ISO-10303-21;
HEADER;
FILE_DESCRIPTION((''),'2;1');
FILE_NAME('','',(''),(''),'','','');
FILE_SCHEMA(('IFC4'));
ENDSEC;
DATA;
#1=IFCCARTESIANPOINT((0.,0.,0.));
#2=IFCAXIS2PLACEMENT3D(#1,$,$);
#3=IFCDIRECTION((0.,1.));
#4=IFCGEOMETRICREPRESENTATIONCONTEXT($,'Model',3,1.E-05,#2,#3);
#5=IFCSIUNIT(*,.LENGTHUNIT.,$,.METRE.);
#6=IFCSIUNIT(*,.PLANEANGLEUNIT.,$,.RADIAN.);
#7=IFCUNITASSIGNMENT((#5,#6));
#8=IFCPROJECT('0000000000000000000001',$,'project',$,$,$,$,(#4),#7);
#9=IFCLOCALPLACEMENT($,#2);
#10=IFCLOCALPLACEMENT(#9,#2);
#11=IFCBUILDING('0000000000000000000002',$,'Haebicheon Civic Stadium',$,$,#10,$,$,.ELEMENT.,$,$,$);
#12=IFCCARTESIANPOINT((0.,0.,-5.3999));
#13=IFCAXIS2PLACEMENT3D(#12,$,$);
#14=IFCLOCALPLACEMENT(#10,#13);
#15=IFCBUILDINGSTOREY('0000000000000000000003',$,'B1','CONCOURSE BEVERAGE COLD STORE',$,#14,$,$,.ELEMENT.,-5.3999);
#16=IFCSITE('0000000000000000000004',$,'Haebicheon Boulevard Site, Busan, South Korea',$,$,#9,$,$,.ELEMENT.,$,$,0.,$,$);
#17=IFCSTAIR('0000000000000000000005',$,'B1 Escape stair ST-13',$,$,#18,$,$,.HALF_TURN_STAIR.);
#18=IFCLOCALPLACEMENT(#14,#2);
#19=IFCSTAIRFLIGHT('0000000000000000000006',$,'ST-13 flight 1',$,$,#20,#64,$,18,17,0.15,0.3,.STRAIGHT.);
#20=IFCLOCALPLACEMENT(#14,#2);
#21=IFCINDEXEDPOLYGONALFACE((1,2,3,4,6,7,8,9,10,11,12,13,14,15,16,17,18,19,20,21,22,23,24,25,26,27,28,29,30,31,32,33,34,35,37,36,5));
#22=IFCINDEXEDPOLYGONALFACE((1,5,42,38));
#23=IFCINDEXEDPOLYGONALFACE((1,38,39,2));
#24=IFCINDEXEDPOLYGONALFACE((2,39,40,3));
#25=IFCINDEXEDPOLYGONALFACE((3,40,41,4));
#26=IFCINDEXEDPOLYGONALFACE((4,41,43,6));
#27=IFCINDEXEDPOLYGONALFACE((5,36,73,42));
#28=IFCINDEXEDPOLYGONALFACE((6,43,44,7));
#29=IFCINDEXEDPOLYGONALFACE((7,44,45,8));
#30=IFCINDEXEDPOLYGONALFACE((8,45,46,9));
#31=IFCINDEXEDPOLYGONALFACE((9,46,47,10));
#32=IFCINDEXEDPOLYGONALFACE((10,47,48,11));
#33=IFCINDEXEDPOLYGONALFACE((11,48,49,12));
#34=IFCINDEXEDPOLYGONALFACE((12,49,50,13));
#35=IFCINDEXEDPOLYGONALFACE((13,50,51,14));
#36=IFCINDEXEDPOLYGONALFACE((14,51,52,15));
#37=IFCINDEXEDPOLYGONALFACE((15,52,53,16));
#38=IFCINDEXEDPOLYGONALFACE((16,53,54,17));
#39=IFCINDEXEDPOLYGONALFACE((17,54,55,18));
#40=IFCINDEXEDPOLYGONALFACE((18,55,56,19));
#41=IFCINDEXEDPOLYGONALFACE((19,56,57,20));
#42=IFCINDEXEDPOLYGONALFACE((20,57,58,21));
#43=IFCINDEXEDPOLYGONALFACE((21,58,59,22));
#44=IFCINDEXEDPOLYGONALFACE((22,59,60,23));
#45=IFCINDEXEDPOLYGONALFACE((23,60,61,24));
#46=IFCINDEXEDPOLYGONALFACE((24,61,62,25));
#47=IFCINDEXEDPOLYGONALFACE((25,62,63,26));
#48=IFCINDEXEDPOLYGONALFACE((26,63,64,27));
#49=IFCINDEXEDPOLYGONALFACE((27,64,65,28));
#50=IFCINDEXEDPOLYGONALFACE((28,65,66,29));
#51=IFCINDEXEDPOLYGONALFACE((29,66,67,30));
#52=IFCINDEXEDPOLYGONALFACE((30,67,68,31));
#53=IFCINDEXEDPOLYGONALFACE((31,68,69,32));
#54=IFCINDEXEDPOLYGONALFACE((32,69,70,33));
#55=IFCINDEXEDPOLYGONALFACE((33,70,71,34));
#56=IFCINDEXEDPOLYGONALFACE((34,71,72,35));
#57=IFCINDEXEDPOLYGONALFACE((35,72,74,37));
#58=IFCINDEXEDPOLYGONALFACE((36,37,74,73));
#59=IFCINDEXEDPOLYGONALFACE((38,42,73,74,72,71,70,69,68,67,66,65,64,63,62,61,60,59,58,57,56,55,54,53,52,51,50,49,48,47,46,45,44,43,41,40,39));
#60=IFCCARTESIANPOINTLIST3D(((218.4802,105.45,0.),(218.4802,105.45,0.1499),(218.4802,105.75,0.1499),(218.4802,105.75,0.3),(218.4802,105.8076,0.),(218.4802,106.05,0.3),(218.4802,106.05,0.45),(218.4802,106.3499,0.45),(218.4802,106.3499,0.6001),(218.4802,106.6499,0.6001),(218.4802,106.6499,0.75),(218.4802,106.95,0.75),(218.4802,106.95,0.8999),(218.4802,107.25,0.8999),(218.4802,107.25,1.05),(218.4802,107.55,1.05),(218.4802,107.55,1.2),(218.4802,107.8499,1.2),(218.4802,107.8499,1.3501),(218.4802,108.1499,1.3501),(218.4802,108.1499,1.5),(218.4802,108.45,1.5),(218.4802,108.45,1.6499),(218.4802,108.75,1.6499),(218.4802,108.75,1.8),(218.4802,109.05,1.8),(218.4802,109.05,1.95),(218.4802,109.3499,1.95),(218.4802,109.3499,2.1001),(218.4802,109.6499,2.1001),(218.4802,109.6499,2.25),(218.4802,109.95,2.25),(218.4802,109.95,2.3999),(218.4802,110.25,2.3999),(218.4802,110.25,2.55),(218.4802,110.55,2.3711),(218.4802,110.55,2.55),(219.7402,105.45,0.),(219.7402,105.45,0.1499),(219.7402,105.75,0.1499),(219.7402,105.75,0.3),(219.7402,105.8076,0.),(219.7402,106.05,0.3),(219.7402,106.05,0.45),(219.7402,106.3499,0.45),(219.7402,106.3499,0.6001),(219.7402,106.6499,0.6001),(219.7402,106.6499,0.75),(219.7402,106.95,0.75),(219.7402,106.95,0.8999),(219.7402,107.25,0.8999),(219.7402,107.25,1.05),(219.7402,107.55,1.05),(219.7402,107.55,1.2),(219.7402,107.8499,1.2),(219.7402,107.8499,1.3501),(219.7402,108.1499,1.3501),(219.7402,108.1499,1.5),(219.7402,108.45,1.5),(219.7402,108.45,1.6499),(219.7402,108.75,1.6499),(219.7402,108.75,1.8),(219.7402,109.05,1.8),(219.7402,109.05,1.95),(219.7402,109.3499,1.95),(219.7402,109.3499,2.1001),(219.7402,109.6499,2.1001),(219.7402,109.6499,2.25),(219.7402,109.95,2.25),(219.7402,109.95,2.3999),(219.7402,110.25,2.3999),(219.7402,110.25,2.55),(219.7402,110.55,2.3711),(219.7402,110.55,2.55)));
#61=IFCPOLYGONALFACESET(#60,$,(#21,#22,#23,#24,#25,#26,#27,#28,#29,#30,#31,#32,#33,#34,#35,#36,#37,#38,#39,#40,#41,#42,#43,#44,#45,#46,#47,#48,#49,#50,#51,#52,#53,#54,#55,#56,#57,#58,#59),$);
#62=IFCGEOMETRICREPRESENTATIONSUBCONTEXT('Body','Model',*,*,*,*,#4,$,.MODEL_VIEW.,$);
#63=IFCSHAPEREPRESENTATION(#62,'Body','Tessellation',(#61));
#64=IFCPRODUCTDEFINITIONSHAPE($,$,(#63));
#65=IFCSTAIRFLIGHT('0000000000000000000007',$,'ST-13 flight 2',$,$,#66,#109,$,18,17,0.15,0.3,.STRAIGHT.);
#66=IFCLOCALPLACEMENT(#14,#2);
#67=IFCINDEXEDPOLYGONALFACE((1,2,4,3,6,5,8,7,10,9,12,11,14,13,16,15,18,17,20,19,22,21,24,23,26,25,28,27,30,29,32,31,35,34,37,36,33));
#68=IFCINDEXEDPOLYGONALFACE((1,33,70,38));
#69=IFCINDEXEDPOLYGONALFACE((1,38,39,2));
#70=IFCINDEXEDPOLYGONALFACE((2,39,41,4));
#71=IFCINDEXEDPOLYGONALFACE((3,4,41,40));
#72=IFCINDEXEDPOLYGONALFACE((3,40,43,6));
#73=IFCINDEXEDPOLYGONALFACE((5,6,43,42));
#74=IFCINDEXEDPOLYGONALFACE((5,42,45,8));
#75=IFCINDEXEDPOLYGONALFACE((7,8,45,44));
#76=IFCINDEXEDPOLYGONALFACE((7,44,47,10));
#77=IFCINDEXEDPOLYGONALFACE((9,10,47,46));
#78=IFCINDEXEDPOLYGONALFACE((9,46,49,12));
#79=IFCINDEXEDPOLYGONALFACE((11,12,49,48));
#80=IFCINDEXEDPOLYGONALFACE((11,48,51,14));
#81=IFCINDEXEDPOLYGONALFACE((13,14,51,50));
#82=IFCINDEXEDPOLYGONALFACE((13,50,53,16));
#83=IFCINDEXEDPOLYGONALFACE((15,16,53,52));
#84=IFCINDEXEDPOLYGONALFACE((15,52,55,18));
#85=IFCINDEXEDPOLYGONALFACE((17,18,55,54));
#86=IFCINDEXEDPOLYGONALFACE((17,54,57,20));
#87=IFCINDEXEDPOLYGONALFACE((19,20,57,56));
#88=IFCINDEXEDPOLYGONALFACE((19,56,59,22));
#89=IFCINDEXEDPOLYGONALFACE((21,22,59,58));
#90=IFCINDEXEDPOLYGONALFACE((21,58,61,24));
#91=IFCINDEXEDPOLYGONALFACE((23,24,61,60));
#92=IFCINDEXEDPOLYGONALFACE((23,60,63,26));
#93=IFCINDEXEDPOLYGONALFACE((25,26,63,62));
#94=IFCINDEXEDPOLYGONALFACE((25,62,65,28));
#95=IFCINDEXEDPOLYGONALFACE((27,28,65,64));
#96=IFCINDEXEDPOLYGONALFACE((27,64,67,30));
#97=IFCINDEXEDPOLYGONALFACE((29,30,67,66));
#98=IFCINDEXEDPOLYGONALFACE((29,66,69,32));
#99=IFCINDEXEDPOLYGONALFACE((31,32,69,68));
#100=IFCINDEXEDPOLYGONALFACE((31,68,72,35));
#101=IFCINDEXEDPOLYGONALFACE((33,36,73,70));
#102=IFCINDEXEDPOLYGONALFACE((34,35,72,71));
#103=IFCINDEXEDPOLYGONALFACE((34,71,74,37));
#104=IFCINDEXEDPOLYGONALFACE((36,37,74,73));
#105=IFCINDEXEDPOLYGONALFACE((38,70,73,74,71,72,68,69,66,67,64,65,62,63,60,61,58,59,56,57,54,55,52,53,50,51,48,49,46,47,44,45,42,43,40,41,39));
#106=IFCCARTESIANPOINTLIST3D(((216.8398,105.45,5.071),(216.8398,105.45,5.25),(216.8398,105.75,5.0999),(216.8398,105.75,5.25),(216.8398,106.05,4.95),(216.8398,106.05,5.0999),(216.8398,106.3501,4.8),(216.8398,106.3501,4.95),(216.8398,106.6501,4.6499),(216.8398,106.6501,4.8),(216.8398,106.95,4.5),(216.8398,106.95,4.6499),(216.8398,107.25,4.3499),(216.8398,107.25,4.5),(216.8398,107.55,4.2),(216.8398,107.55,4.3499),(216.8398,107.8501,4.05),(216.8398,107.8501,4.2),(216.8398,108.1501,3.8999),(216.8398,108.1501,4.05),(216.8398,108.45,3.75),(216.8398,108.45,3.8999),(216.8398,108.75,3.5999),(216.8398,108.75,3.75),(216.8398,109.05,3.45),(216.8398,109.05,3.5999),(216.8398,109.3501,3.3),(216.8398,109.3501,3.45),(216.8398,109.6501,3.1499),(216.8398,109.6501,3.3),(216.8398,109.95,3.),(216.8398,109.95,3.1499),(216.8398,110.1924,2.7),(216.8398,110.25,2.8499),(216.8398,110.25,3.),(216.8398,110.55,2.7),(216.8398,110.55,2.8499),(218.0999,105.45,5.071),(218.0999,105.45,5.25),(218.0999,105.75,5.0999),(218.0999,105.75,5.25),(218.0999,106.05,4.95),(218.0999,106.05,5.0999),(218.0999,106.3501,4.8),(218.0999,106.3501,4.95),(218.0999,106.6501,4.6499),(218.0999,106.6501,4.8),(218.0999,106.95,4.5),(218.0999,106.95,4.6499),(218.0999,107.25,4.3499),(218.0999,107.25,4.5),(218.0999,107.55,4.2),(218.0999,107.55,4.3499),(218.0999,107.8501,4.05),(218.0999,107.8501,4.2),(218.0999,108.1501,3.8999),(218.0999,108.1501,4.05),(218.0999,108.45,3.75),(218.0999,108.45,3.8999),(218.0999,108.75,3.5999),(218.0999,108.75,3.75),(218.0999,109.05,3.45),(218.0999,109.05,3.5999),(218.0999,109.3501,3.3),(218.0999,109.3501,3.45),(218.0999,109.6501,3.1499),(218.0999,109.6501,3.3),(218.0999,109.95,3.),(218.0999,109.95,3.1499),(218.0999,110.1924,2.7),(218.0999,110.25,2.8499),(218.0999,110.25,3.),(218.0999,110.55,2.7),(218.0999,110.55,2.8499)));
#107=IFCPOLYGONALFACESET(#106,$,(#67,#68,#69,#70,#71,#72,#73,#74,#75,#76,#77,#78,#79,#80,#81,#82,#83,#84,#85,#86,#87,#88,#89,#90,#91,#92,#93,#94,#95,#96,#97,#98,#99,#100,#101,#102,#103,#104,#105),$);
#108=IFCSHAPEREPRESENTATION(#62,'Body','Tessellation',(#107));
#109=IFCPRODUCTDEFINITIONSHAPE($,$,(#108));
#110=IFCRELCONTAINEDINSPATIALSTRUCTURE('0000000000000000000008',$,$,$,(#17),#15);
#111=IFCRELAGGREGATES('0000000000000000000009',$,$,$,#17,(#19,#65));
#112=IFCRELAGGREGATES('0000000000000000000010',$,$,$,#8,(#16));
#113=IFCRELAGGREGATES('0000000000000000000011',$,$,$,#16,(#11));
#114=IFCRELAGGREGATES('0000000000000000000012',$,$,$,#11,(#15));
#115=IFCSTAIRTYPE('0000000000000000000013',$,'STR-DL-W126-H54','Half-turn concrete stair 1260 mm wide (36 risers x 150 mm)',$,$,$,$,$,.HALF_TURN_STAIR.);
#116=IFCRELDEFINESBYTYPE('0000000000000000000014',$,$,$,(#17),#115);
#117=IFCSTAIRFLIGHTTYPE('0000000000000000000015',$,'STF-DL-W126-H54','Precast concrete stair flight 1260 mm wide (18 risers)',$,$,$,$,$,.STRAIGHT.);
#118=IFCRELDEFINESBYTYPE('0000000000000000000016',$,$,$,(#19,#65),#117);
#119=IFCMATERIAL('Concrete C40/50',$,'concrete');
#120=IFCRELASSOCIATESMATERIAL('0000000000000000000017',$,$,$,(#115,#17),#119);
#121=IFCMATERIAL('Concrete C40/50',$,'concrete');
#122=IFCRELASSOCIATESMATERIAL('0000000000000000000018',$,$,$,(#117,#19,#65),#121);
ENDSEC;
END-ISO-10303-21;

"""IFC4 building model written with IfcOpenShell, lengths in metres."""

from ifc_helpers import new_model, si_unit, direction, frame, origin, place, context, subcontext, project, spatial, polyline, outline, extrude, material, type_object, element, aggregate, save


model = new_model("IFC4")

# Units and contexts
model_context = context("Model", 3, precision=1e-05, world=origin(), true_north=direction((0.0, 1.0)))
body_context = subcontext(model_context, "Body", "Model", "MODEL_VIEW")
ifc_project = project(units=[si_unit("LENGTHUNIT", "METRE"), si_unit("PLANEANGLEUNIT", "RADIAN")], contexts=[model_context])

# Site, building, storey
site_placement = place(None, origin())
site = spatial("IfcSite", under=ifc_project, at=site_placement, Name="Haebicheon Boulevard Site, Busan, South Korea", CompositionType="ELEMENT", RefElevation=0.0)
building_placement = place(site_placement, origin())
building = spatial("IfcBuilding", under=site, at=building_placement, Name="Haebicheon Civic Stadium", CompositionType="ELEMENT")
storey_placement = place(building_placement, frame((0.0, 0.0, -5.3999)))
storey = spatial("IfcBuildingStorey", under=building, at=storey_placement, Name="B1", Description="CONCOURSE BEVERAGE COLD STORE", CompositionType="ELEMENT", Elevation=-5.3999)

# Stair, stair flights
ifc_material_1 = material(Name="Concrete C40/50", Category="concrete")
stair_type = type_object("IfcStairType", Name="STR-DL-W126-H54", Description="Half-turn concrete stair 1260 mm wide (36 risers x 150 mm)", PredefinedType="HALF_TURN_STAIR", material=ifc_material_1)
stair_placement = place(storey_placement, origin())
stair = element("IfcStair", 1, at=stair_placement, inside=storey, type_object=stair_type, material=ifc_material_1, Name="B1 Escape stair ST-13", PredefinedType="HALF_TURN_STAIR")
ifc_material_2 = material(Name="Concrete C40/50", Category="concrete")
stair_flight_type = type_object("IfcStairFlightType", Name="STF-DL-W126-H54", Description="Precast concrete stair flight 1260 mm wide (18 risers)", PredefinedType="STRAIGHT", material=ifc_material_2)
stair_flight_1_placement = place(storey_placement, frame((219.1101, 105.45, 0.0), z_axis=(0.0, 0.0, 1.0), x_axis=(0.0, 1.0, 0.0)))
stair_flight_1 = element("IfcStairFlight", 2, at=stair_flight_1_placement, type_object=stair_flight_type, material=ifc_material_2, Name="ST-13 flight 1", NumberOfRisers=18, NumberOfTreads=17, PredefinedType="STRAIGHT", RiserHeight=0.15, TreadLength=0.3, context=body_context, shape_type="SweptSolid", body=[
    extrude(outline(polyline([(0.0, 0.0), (0.0, 0.1499), (0.3, 0.1499), (0.3, 0.3), (0.6001, 0.3), (0.6001, 0.45), (0.8999, 0.45), (0.8999, 0.6001), (1.2, 0.6001), (1.2, 0.75), (1.5, 0.75), (1.5, 0.8999), (1.8, 0.8999), (1.8, 1.05), (2.1001, 1.05), (2.1001, 1.2), (2.3999, 1.2), (2.3999, 1.3501), (2.7, 1.3501), (2.7, 1.5), (3.0, 1.5), (3.0, 1.6499), (3.3, 1.6499), (3.3, 1.8), (3.6001, 1.8), (3.6001, 1.95), (3.8999, 1.95), (3.8999, 2.1001), (4.2, 2.1001), (4.2, 2.25), (4.5, 2.25), (4.5, 2.3999), (4.8, 2.3999), (4.8, 2.55), (5.1001, 2.55), (5.1001, 2.7), (5.1001, 2.3711), (0.3577, 0.0), (0.0, 0.0)])), frame((0.0, 0.6299, 0.0), z_axis=(0.0, -1.0, 0.0), x_axis=(1.0, 0.0, 0.0)), (0.0, 0.0, 1.0), 1.26),
])
stair_flight_2_placement = place(storey_placement, frame((217.47, 110.55, 2.7), z_axis=(0.0, 0.0, 1.0), x_axis=(0.0, -1.0, 0.0)))
stair_flight_2 = element("IfcStairFlight", 3, at=stair_flight_2_placement, type_object=stair_flight_type, material=ifc_material_2, Name="ST-13 flight 2", NumberOfRisers=18, NumberOfTreads=17, PredefinedType="STRAIGHT", RiserHeight=0.15, TreadLength=0.3, context=body_context, shape_type="SweptSolid", body=[
    extrude(outline(polyline([(0.0, 0.0), (0.0, 0.1499), (0.3, 0.1499), (0.3, 0.3), (0.6001, 0.3), (0.6001, 0.45), (0.8999, 0.45), (0.8999, 0.6001), (1.2, 0.6001), (1.2, 0.75), (1.5, 0.75), (1.5, 0.8999), (1.8, 0.8999), (1.8, 1.05), (2.1001, 1.05), (2.1001, 1.2), (2.3999, 1.2), (2.3999, 1.3501), (2.7, 1.3501), (2.7, 1.5), (3.0, 1.5), (3.0, 1.6499), (3.3, 1.6499), (3.3, 1.8), (3.6001, 1.8), (3.6001, 1.95), (3.8999, 1.95), (3.8999, 2.1001), (4.2, 2.1001), (4.2, 2.25), (4.5, 2.25), (4.5, 2.3999), (4.8, 2.3999), (4.8, 2.55), (5.1001, 2.55), (5.1001, 2.7), (5.1001, 2.3711), (0.3577, 0.0), (0.0, 0.0)])), frame((0.0, 0.6299, 0.0), z_axis=(0.0, -1.0, 0.0), x_axis=(1.0, 0.0, 0.0)), (0.0, 0.0, 1.0), 1.26),
])
aggregate(stair, [stair_flight_1, stair_flight_2])

save(model, "model.ifc")
